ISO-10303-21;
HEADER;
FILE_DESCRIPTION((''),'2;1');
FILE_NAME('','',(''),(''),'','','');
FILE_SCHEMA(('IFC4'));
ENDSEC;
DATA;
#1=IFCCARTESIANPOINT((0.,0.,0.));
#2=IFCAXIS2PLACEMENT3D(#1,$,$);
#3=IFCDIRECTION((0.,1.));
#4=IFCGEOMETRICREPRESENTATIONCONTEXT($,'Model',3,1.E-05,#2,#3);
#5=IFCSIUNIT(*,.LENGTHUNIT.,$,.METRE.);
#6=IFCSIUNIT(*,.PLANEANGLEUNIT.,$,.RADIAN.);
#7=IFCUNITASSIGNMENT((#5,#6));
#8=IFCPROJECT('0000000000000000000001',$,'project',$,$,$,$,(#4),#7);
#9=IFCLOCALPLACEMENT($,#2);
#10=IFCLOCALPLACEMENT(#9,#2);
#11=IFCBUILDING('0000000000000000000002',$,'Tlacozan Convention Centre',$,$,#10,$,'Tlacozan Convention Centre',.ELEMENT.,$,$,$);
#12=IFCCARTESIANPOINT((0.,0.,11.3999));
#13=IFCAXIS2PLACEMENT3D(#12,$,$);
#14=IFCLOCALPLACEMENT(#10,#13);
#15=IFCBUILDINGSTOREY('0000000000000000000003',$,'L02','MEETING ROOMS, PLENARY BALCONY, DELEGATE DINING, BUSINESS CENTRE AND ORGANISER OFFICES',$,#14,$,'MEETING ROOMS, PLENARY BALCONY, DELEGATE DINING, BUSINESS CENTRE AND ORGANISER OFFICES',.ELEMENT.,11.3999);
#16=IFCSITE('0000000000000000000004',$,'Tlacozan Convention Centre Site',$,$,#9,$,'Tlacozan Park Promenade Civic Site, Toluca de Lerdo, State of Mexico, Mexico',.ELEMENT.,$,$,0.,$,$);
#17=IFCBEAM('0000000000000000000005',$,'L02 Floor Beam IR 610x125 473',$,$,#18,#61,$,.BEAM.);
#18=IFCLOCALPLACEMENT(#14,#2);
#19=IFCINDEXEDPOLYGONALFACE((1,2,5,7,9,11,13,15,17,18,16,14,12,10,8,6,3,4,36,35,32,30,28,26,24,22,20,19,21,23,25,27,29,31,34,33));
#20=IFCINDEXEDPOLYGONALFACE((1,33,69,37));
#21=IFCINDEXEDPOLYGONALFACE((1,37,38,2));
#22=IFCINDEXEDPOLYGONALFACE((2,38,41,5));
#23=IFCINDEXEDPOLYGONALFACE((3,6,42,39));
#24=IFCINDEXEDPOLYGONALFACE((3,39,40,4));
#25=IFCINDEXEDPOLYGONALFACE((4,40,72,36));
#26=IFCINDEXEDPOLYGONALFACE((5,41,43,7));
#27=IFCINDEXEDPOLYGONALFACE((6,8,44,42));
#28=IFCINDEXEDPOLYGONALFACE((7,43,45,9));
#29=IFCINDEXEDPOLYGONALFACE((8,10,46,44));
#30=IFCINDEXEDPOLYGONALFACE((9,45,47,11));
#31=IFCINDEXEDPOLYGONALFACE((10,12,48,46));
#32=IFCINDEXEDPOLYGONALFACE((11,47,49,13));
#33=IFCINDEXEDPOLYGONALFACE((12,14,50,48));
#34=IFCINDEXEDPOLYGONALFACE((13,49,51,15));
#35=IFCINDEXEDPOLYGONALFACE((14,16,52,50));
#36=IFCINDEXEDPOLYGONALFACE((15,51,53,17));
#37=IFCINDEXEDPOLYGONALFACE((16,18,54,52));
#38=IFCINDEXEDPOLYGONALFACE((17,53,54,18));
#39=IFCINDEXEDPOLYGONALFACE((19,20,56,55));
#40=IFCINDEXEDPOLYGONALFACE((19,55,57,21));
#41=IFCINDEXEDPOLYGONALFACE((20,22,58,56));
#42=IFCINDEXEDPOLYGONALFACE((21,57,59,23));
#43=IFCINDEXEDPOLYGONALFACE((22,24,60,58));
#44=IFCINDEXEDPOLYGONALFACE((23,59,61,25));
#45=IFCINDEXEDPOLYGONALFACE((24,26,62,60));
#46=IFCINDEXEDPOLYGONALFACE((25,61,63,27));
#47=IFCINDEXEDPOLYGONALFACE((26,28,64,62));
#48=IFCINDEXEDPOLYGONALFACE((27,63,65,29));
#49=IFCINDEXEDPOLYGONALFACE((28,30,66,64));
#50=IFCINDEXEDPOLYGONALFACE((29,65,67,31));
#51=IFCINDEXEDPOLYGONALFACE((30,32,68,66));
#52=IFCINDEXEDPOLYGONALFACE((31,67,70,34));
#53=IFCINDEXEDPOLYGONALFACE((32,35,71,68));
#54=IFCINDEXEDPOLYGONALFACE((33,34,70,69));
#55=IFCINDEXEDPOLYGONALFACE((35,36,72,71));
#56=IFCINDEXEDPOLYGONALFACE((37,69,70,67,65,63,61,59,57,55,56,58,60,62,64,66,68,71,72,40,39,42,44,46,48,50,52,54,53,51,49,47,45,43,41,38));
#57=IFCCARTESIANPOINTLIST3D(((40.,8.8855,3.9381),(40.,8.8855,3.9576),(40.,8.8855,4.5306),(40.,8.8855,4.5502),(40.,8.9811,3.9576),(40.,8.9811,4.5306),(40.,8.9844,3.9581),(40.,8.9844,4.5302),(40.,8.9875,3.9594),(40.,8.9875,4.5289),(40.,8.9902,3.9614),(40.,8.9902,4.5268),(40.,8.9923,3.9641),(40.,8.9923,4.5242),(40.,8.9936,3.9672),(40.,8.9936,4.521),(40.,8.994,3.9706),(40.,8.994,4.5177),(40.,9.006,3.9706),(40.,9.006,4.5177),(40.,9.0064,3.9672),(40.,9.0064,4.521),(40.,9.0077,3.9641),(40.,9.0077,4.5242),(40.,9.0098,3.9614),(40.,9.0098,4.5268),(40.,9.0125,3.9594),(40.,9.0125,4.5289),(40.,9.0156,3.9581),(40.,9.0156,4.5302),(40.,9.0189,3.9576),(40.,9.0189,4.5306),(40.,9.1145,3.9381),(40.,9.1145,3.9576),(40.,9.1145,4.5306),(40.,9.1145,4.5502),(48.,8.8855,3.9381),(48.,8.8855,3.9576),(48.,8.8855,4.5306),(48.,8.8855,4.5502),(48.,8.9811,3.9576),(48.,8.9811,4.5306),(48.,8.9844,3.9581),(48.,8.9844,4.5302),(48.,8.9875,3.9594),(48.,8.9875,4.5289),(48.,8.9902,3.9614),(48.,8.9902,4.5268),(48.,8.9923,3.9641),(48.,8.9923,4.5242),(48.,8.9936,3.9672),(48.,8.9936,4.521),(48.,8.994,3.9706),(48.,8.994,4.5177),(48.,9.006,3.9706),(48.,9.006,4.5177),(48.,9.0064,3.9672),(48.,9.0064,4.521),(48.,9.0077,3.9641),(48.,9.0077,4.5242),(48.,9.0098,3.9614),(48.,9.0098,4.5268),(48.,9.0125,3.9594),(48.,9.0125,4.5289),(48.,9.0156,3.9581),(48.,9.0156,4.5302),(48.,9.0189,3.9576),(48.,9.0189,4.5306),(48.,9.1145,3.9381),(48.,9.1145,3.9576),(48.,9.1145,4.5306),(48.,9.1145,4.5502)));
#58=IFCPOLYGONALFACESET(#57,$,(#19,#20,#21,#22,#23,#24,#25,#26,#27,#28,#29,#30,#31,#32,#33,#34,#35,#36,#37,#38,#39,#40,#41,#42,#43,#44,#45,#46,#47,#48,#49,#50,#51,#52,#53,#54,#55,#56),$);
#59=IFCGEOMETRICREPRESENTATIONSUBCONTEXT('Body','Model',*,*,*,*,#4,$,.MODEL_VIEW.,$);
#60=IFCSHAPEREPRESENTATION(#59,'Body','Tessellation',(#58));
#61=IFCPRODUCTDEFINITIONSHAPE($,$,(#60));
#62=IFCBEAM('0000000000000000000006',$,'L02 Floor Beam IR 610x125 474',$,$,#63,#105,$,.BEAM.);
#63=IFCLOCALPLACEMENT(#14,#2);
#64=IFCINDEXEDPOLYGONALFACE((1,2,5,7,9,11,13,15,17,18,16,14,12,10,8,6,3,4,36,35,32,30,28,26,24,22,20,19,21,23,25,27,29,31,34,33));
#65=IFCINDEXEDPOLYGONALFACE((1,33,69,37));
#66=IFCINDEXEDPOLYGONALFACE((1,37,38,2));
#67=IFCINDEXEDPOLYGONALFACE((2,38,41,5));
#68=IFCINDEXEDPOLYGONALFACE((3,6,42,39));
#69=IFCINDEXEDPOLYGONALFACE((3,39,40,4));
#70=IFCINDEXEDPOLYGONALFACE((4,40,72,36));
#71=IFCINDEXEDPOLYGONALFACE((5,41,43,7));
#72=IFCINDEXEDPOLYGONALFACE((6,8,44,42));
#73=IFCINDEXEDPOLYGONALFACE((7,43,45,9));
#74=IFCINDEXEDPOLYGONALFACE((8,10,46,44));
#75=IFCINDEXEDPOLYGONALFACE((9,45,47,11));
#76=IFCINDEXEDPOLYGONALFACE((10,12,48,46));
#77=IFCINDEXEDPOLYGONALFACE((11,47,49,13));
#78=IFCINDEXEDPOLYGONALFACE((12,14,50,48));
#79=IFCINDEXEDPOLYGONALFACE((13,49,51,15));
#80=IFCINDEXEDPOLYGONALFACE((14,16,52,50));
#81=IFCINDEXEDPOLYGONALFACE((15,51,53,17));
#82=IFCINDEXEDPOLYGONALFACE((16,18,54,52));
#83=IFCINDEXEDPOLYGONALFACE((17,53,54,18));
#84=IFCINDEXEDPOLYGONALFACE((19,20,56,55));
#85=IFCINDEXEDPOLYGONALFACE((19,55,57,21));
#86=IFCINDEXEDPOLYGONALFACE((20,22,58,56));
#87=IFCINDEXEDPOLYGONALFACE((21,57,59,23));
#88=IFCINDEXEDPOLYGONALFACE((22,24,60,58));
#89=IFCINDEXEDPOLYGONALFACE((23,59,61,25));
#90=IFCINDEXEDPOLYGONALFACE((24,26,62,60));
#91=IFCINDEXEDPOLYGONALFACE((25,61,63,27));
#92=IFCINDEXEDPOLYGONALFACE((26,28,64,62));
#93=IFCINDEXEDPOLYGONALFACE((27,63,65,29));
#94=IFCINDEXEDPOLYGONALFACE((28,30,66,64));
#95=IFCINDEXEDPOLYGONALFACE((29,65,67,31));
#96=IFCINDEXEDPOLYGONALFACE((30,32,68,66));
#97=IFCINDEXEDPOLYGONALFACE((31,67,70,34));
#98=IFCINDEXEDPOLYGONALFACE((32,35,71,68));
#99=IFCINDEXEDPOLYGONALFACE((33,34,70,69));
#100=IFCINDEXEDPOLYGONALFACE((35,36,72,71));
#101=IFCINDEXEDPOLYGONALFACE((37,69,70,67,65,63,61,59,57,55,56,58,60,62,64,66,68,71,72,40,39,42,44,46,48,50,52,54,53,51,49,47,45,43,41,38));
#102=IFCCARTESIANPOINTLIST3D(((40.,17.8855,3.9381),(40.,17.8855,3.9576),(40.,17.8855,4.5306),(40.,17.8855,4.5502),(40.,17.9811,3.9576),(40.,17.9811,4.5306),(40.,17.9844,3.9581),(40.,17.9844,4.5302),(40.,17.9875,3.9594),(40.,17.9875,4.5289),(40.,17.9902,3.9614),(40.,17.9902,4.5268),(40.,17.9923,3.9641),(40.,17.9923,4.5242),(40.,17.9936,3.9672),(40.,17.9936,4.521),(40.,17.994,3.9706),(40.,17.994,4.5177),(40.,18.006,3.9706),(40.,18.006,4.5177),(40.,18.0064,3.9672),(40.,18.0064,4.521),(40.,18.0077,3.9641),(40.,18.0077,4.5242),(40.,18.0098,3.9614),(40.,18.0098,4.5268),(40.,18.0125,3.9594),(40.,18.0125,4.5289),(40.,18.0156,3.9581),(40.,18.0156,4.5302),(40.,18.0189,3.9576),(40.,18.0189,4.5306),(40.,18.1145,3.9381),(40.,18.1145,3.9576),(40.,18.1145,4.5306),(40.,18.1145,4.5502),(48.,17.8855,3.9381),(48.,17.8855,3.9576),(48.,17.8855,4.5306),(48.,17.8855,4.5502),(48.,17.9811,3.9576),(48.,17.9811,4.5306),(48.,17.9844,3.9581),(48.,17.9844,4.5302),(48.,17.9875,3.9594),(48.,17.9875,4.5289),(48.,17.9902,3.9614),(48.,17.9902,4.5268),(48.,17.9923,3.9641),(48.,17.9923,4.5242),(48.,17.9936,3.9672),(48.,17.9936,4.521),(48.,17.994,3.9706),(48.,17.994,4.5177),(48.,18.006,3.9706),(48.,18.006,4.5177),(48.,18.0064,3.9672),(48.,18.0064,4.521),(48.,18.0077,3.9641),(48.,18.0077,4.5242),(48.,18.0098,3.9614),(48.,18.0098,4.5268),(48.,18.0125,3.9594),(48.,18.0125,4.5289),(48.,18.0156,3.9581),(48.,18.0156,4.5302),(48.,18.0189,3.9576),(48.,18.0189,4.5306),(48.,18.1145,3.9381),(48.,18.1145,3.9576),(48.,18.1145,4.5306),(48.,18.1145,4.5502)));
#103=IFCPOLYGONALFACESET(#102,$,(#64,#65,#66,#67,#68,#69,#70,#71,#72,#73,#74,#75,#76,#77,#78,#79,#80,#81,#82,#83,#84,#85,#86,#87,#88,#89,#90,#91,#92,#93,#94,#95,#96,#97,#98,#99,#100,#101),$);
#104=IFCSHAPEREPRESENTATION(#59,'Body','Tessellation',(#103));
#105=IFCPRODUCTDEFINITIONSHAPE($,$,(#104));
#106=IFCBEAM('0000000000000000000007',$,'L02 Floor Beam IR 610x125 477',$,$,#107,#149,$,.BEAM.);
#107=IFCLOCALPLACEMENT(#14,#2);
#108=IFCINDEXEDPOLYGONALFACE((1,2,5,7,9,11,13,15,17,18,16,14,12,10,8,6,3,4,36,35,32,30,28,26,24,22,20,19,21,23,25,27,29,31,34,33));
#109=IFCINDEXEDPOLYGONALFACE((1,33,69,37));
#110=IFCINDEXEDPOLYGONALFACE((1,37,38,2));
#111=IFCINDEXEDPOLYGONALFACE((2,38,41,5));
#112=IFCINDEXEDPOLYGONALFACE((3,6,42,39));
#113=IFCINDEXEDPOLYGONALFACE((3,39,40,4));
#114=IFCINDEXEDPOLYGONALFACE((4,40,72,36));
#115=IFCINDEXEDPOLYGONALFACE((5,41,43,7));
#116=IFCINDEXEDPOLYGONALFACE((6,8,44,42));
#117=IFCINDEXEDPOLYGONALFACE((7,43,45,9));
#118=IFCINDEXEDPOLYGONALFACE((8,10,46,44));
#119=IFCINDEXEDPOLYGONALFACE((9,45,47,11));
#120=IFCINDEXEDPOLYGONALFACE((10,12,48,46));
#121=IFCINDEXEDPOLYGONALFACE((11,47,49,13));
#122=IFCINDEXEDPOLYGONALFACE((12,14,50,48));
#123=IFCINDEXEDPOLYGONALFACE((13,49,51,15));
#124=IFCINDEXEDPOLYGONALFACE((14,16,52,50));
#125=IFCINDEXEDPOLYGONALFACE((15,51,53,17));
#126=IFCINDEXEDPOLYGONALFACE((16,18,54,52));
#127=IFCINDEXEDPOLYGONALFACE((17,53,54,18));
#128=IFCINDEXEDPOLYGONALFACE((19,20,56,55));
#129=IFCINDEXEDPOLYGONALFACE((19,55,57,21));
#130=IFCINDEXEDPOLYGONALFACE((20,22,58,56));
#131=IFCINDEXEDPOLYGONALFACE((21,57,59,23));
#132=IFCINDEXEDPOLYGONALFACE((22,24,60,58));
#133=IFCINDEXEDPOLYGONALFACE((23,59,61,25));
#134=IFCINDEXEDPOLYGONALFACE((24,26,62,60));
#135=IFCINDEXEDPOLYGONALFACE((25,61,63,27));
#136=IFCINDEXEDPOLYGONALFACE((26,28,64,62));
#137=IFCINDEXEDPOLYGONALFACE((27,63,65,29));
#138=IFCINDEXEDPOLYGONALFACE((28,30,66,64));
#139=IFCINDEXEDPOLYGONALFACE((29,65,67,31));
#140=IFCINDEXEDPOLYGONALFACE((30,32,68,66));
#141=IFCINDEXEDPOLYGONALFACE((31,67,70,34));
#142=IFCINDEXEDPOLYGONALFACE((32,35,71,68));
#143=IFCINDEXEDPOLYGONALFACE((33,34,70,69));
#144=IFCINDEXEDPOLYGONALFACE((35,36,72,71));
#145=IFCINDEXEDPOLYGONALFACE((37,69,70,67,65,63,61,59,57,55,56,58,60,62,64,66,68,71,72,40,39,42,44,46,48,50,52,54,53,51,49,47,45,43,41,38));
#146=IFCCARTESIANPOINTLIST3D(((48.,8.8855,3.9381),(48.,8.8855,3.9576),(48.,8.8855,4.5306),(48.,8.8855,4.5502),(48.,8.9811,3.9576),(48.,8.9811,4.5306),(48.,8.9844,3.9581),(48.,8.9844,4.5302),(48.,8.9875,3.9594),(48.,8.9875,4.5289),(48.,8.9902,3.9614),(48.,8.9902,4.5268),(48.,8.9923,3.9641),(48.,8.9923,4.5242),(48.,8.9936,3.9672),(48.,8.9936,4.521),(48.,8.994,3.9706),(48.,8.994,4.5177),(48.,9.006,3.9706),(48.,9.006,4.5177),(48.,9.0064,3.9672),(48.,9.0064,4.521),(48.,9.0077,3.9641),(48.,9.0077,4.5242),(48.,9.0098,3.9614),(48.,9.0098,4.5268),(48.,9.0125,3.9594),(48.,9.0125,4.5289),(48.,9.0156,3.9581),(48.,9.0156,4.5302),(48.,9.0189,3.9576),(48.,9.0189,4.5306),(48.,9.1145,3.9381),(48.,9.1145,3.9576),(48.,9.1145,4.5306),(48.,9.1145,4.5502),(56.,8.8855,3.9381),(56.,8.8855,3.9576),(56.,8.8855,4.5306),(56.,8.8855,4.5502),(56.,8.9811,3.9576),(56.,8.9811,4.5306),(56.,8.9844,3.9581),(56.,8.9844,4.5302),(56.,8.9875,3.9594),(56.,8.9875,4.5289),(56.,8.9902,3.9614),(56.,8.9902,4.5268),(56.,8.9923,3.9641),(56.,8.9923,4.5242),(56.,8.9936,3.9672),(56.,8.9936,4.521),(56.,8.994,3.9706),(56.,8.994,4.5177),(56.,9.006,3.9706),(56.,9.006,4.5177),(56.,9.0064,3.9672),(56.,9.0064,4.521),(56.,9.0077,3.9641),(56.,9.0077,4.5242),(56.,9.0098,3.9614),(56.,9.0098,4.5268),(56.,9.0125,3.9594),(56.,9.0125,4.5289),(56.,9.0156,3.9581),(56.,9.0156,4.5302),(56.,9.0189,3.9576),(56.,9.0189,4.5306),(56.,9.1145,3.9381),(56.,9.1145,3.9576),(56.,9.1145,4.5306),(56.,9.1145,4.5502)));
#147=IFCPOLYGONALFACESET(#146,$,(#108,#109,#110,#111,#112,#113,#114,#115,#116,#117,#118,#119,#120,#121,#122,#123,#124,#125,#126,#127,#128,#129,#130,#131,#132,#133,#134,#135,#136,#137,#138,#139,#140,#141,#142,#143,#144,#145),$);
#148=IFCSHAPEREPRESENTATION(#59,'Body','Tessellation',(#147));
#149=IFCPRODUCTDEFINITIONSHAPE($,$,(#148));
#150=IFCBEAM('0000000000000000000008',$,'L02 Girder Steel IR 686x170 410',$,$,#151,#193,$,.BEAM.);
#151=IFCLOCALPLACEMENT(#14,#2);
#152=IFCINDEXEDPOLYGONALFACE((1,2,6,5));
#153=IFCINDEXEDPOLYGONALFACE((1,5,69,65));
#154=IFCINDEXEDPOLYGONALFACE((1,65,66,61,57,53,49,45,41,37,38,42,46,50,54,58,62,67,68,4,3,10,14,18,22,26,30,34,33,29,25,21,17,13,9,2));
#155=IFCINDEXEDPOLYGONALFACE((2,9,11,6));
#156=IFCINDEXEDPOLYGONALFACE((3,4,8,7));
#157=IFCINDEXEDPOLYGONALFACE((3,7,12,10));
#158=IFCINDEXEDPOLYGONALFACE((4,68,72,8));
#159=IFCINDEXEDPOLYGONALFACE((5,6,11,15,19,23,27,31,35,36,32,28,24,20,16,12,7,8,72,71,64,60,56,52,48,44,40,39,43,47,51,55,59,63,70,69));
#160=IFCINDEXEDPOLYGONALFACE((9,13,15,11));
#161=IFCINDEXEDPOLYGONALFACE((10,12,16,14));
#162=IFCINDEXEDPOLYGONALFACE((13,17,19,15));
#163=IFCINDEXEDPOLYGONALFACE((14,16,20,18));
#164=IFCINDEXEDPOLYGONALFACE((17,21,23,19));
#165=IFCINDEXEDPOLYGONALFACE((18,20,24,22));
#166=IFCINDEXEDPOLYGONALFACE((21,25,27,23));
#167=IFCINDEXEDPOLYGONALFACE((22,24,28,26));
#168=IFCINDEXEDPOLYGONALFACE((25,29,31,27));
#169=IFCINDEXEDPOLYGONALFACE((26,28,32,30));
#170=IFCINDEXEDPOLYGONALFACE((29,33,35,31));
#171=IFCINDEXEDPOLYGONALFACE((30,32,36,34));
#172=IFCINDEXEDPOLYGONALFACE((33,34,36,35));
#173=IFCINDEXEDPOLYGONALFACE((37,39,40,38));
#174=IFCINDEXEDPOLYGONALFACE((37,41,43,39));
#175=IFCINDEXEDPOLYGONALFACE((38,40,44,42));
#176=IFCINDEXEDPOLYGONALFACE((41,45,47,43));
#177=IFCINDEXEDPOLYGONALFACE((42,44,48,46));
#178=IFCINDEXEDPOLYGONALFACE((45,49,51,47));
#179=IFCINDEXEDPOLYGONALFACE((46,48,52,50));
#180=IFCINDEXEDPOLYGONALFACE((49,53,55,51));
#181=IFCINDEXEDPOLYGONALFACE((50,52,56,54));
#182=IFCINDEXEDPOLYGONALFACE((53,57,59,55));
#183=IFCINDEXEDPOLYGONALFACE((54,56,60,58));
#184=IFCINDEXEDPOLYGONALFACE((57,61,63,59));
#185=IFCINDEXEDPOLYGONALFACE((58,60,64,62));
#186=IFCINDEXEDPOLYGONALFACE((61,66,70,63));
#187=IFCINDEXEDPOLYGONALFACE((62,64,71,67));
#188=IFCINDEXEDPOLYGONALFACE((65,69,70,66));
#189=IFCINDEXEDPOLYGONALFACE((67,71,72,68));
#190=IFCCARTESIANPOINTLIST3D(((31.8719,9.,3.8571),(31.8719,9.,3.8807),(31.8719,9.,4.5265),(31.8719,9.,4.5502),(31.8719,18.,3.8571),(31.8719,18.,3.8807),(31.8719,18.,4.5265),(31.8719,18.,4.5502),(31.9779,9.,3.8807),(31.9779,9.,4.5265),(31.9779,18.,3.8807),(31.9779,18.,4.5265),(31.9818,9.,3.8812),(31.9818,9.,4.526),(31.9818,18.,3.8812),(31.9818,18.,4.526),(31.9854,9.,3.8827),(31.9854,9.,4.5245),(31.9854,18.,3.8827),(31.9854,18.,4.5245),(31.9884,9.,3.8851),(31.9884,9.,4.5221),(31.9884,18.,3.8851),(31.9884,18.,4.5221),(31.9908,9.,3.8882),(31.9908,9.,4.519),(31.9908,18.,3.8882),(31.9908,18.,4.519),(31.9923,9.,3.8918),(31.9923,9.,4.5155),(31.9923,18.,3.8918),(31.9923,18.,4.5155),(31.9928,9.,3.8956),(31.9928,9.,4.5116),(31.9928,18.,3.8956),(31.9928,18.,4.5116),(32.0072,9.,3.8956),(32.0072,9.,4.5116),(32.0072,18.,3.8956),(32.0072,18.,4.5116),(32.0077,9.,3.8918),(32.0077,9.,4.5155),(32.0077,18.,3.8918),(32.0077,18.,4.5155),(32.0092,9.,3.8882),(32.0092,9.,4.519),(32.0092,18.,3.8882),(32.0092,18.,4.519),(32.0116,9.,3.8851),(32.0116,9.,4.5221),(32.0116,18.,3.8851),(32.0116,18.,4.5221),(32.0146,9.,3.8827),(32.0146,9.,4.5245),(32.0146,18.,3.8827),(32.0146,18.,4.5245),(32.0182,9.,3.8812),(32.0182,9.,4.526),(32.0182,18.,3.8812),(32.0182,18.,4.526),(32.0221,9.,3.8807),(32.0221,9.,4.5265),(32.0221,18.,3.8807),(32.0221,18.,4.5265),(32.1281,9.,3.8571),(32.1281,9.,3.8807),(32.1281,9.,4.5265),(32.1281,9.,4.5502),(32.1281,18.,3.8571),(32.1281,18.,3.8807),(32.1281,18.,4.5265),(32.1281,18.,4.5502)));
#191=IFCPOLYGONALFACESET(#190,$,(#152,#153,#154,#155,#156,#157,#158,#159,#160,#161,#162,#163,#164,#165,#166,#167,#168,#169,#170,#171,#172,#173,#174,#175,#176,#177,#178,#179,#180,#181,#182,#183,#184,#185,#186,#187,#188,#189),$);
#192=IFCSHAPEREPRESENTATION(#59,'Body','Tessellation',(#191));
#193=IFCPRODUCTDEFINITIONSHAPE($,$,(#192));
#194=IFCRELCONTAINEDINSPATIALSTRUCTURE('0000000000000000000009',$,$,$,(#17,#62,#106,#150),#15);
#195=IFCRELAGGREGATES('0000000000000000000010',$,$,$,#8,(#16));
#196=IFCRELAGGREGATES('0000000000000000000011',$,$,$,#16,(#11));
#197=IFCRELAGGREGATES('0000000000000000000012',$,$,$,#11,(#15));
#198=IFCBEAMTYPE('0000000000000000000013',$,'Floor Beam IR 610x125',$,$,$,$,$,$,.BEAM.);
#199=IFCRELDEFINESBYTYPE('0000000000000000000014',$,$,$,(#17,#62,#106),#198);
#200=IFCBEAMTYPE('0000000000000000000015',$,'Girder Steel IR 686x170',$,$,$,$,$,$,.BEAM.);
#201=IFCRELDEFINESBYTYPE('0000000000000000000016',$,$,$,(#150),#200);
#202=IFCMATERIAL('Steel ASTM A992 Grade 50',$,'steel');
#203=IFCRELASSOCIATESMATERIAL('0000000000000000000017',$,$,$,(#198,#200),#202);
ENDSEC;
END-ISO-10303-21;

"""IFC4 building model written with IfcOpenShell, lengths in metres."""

from ifc_helpers import new_model, si_unit, direction, frame, origin, origin_2d, place, context, subcontext, project, spatial, i_section, extrude, material, material_profile, profile_set, type_object, element, save


model = new_model("IFC4")

# Units and contexts
model_context = context("Model", 3, precision=1e-05, world=origin(), true_north=direction((0.0, 1.0)))
body_context = subcontext(model_context, "Body", "Model", "MODEL_VIEW")
ifc_project = project(units=[si_unit("LENGTHUNIT", "METRE"), si_unit("PLANEANGLEUNIT", "RADIAN")], contexts=[model_context])

# Site, building, storey
site_placement = place(None, origin())
site = spatial("IfcSite", under=ifc_project, at=site_placement, Name="Tlacozan Convention Centre Site", LongName="Tlacozan Park Promenade Civic Site, Toluca de Lerdo, State of Mexico, Mexico", CompositionType="ELEMENT", RefElevation=0.0)
building_placement = place(site_placement, origin())
building = spatial("IfcBuilding", under=site, at=building_placement, Name="Tlacozan Convention Centre", LongName="Tlacozan Convention Centre", CompositionType="ELEMENT")
storey_placement = place(building_placement, frame((0.0, 0.0, 11.3999)))
storey = spatial("IfcBuildingStorey", under=building, at=storey_placement, Name="L02", Description="MEETING ROOMS, PLENARY BALCONY, DELEGATE DINING, BUSINESS CENTRE AND ORGANISER OFFICES", LongName="MEETING ROOMS, PLENARY BALCONY, DELEGATE DINING, BUSINESS CENTRE AND ORGANISER OFFICES", CompositionType="ELEMENT", Elevation=11.3999)

# Beams
ifc_material_1 = material(Name="Steel ASTM A992 Grade 50", Category="steel")
ifc_material_profile_1 = material_profile(ifc_material_1, i_section(OverallWidth=0.229, OverallDepth=0.6121, WebThickness=0.012, FlangeThickness=0.0195, FilletRadius=0.0129, at=origin_2d()), Name="IR 610x125.0")
ifc_profile_set_1 = profile_set([ifc_material_profile_1], Name="Steel ASTM A992 Grade 50")
beam_type_1 = type_object("IfcBeamType", Name="Floor Beam IR 610x125", PredefinedType="BEAM", material=ifc_profile_set_1)
for number, where, z_axis, x_axis, name in (
    (1, (40.0, 9.0, 4.2441), (1.0, 0.0, 0.0), (0.0, 1.0, 0.0), "L02 Floor Beam IR 610x125 473"),
    (2, (40.0, 18.0, 4.2441), (1.0, 0.0, 0.0), (0.0, 1.0, 0.0), "L02 Floor Beam IR 610x125 474"),
    (3, (48.0, 9.0, 4.2441), (1.0, 0.0, 0.0), (0.0, 1.0, 0.0), "L02 Floor Beam IR 610x125 477"),
):
    element("IfcBeam", number, at=place(storey_placement, frame(where, z_axis=z_axis, x_axis=x_axis)), inside=storey, type_object=beam_type_1, Name=name, PredefinedType="BEAM", context=body_context, shape_type="SweptSolid", body=[
        extrude(i_section(OverallWidth=0.229, OverallDepth=0.6121, WebThickness=0.012, FlangeThickness=0.0195, FilletRadius=0.0129, at=origin_2d()), origin(), (0.0, 0.0, 1.0), 8.0),
    ])
ifc_material_profile_2 = material_profile(ifc_material_1, i_section(OverallWidth=0.2561, OverallDepth=0.6931, WebThickness=0.0144, FlangeThickness=0.0237, FilletRadius=0.0149, at=origin_2d()), Name="IR 686x170.0")
ifc_profile_set_2 = profile_set([ifc_material_profile_2], Name="Steel ASTM A992 Grade 50")
beam_type_2 = type_object("IfcBeamType", Name="Girder Steel IR 686x170", PredefinedType="BEAM", material=ifc_profile_set_2)
for number, where, z_axis, x_axis, name in (
    (4, (32.0, 9.0, 4.2036), (0.0, 1.0, 0.0), (-1.0, 0.0, 0.0), "L02 Girder Steel IR 686x170 410"),
):
    element("IfcBeam", number, at=place(storey_placement, frame(where, z_axis=z_axis, x_axis=x_axis)), inside=storey, type_object=beam_type_2, Name=name, PredefinedType="BEAM", context=body_context, shape_type="SweptSolid", body=[
        extrude(i_section(OverallWidth=0.2561, OverallDepth=0.6931, WebThickness=0.0144, FlangeThickness=0.0237, FilletRadius=0.0149, at=origin_2d()), origin(), (0.0, 0.0, 1.0), 9.0),
    ])

save(model, "model.ifc")
